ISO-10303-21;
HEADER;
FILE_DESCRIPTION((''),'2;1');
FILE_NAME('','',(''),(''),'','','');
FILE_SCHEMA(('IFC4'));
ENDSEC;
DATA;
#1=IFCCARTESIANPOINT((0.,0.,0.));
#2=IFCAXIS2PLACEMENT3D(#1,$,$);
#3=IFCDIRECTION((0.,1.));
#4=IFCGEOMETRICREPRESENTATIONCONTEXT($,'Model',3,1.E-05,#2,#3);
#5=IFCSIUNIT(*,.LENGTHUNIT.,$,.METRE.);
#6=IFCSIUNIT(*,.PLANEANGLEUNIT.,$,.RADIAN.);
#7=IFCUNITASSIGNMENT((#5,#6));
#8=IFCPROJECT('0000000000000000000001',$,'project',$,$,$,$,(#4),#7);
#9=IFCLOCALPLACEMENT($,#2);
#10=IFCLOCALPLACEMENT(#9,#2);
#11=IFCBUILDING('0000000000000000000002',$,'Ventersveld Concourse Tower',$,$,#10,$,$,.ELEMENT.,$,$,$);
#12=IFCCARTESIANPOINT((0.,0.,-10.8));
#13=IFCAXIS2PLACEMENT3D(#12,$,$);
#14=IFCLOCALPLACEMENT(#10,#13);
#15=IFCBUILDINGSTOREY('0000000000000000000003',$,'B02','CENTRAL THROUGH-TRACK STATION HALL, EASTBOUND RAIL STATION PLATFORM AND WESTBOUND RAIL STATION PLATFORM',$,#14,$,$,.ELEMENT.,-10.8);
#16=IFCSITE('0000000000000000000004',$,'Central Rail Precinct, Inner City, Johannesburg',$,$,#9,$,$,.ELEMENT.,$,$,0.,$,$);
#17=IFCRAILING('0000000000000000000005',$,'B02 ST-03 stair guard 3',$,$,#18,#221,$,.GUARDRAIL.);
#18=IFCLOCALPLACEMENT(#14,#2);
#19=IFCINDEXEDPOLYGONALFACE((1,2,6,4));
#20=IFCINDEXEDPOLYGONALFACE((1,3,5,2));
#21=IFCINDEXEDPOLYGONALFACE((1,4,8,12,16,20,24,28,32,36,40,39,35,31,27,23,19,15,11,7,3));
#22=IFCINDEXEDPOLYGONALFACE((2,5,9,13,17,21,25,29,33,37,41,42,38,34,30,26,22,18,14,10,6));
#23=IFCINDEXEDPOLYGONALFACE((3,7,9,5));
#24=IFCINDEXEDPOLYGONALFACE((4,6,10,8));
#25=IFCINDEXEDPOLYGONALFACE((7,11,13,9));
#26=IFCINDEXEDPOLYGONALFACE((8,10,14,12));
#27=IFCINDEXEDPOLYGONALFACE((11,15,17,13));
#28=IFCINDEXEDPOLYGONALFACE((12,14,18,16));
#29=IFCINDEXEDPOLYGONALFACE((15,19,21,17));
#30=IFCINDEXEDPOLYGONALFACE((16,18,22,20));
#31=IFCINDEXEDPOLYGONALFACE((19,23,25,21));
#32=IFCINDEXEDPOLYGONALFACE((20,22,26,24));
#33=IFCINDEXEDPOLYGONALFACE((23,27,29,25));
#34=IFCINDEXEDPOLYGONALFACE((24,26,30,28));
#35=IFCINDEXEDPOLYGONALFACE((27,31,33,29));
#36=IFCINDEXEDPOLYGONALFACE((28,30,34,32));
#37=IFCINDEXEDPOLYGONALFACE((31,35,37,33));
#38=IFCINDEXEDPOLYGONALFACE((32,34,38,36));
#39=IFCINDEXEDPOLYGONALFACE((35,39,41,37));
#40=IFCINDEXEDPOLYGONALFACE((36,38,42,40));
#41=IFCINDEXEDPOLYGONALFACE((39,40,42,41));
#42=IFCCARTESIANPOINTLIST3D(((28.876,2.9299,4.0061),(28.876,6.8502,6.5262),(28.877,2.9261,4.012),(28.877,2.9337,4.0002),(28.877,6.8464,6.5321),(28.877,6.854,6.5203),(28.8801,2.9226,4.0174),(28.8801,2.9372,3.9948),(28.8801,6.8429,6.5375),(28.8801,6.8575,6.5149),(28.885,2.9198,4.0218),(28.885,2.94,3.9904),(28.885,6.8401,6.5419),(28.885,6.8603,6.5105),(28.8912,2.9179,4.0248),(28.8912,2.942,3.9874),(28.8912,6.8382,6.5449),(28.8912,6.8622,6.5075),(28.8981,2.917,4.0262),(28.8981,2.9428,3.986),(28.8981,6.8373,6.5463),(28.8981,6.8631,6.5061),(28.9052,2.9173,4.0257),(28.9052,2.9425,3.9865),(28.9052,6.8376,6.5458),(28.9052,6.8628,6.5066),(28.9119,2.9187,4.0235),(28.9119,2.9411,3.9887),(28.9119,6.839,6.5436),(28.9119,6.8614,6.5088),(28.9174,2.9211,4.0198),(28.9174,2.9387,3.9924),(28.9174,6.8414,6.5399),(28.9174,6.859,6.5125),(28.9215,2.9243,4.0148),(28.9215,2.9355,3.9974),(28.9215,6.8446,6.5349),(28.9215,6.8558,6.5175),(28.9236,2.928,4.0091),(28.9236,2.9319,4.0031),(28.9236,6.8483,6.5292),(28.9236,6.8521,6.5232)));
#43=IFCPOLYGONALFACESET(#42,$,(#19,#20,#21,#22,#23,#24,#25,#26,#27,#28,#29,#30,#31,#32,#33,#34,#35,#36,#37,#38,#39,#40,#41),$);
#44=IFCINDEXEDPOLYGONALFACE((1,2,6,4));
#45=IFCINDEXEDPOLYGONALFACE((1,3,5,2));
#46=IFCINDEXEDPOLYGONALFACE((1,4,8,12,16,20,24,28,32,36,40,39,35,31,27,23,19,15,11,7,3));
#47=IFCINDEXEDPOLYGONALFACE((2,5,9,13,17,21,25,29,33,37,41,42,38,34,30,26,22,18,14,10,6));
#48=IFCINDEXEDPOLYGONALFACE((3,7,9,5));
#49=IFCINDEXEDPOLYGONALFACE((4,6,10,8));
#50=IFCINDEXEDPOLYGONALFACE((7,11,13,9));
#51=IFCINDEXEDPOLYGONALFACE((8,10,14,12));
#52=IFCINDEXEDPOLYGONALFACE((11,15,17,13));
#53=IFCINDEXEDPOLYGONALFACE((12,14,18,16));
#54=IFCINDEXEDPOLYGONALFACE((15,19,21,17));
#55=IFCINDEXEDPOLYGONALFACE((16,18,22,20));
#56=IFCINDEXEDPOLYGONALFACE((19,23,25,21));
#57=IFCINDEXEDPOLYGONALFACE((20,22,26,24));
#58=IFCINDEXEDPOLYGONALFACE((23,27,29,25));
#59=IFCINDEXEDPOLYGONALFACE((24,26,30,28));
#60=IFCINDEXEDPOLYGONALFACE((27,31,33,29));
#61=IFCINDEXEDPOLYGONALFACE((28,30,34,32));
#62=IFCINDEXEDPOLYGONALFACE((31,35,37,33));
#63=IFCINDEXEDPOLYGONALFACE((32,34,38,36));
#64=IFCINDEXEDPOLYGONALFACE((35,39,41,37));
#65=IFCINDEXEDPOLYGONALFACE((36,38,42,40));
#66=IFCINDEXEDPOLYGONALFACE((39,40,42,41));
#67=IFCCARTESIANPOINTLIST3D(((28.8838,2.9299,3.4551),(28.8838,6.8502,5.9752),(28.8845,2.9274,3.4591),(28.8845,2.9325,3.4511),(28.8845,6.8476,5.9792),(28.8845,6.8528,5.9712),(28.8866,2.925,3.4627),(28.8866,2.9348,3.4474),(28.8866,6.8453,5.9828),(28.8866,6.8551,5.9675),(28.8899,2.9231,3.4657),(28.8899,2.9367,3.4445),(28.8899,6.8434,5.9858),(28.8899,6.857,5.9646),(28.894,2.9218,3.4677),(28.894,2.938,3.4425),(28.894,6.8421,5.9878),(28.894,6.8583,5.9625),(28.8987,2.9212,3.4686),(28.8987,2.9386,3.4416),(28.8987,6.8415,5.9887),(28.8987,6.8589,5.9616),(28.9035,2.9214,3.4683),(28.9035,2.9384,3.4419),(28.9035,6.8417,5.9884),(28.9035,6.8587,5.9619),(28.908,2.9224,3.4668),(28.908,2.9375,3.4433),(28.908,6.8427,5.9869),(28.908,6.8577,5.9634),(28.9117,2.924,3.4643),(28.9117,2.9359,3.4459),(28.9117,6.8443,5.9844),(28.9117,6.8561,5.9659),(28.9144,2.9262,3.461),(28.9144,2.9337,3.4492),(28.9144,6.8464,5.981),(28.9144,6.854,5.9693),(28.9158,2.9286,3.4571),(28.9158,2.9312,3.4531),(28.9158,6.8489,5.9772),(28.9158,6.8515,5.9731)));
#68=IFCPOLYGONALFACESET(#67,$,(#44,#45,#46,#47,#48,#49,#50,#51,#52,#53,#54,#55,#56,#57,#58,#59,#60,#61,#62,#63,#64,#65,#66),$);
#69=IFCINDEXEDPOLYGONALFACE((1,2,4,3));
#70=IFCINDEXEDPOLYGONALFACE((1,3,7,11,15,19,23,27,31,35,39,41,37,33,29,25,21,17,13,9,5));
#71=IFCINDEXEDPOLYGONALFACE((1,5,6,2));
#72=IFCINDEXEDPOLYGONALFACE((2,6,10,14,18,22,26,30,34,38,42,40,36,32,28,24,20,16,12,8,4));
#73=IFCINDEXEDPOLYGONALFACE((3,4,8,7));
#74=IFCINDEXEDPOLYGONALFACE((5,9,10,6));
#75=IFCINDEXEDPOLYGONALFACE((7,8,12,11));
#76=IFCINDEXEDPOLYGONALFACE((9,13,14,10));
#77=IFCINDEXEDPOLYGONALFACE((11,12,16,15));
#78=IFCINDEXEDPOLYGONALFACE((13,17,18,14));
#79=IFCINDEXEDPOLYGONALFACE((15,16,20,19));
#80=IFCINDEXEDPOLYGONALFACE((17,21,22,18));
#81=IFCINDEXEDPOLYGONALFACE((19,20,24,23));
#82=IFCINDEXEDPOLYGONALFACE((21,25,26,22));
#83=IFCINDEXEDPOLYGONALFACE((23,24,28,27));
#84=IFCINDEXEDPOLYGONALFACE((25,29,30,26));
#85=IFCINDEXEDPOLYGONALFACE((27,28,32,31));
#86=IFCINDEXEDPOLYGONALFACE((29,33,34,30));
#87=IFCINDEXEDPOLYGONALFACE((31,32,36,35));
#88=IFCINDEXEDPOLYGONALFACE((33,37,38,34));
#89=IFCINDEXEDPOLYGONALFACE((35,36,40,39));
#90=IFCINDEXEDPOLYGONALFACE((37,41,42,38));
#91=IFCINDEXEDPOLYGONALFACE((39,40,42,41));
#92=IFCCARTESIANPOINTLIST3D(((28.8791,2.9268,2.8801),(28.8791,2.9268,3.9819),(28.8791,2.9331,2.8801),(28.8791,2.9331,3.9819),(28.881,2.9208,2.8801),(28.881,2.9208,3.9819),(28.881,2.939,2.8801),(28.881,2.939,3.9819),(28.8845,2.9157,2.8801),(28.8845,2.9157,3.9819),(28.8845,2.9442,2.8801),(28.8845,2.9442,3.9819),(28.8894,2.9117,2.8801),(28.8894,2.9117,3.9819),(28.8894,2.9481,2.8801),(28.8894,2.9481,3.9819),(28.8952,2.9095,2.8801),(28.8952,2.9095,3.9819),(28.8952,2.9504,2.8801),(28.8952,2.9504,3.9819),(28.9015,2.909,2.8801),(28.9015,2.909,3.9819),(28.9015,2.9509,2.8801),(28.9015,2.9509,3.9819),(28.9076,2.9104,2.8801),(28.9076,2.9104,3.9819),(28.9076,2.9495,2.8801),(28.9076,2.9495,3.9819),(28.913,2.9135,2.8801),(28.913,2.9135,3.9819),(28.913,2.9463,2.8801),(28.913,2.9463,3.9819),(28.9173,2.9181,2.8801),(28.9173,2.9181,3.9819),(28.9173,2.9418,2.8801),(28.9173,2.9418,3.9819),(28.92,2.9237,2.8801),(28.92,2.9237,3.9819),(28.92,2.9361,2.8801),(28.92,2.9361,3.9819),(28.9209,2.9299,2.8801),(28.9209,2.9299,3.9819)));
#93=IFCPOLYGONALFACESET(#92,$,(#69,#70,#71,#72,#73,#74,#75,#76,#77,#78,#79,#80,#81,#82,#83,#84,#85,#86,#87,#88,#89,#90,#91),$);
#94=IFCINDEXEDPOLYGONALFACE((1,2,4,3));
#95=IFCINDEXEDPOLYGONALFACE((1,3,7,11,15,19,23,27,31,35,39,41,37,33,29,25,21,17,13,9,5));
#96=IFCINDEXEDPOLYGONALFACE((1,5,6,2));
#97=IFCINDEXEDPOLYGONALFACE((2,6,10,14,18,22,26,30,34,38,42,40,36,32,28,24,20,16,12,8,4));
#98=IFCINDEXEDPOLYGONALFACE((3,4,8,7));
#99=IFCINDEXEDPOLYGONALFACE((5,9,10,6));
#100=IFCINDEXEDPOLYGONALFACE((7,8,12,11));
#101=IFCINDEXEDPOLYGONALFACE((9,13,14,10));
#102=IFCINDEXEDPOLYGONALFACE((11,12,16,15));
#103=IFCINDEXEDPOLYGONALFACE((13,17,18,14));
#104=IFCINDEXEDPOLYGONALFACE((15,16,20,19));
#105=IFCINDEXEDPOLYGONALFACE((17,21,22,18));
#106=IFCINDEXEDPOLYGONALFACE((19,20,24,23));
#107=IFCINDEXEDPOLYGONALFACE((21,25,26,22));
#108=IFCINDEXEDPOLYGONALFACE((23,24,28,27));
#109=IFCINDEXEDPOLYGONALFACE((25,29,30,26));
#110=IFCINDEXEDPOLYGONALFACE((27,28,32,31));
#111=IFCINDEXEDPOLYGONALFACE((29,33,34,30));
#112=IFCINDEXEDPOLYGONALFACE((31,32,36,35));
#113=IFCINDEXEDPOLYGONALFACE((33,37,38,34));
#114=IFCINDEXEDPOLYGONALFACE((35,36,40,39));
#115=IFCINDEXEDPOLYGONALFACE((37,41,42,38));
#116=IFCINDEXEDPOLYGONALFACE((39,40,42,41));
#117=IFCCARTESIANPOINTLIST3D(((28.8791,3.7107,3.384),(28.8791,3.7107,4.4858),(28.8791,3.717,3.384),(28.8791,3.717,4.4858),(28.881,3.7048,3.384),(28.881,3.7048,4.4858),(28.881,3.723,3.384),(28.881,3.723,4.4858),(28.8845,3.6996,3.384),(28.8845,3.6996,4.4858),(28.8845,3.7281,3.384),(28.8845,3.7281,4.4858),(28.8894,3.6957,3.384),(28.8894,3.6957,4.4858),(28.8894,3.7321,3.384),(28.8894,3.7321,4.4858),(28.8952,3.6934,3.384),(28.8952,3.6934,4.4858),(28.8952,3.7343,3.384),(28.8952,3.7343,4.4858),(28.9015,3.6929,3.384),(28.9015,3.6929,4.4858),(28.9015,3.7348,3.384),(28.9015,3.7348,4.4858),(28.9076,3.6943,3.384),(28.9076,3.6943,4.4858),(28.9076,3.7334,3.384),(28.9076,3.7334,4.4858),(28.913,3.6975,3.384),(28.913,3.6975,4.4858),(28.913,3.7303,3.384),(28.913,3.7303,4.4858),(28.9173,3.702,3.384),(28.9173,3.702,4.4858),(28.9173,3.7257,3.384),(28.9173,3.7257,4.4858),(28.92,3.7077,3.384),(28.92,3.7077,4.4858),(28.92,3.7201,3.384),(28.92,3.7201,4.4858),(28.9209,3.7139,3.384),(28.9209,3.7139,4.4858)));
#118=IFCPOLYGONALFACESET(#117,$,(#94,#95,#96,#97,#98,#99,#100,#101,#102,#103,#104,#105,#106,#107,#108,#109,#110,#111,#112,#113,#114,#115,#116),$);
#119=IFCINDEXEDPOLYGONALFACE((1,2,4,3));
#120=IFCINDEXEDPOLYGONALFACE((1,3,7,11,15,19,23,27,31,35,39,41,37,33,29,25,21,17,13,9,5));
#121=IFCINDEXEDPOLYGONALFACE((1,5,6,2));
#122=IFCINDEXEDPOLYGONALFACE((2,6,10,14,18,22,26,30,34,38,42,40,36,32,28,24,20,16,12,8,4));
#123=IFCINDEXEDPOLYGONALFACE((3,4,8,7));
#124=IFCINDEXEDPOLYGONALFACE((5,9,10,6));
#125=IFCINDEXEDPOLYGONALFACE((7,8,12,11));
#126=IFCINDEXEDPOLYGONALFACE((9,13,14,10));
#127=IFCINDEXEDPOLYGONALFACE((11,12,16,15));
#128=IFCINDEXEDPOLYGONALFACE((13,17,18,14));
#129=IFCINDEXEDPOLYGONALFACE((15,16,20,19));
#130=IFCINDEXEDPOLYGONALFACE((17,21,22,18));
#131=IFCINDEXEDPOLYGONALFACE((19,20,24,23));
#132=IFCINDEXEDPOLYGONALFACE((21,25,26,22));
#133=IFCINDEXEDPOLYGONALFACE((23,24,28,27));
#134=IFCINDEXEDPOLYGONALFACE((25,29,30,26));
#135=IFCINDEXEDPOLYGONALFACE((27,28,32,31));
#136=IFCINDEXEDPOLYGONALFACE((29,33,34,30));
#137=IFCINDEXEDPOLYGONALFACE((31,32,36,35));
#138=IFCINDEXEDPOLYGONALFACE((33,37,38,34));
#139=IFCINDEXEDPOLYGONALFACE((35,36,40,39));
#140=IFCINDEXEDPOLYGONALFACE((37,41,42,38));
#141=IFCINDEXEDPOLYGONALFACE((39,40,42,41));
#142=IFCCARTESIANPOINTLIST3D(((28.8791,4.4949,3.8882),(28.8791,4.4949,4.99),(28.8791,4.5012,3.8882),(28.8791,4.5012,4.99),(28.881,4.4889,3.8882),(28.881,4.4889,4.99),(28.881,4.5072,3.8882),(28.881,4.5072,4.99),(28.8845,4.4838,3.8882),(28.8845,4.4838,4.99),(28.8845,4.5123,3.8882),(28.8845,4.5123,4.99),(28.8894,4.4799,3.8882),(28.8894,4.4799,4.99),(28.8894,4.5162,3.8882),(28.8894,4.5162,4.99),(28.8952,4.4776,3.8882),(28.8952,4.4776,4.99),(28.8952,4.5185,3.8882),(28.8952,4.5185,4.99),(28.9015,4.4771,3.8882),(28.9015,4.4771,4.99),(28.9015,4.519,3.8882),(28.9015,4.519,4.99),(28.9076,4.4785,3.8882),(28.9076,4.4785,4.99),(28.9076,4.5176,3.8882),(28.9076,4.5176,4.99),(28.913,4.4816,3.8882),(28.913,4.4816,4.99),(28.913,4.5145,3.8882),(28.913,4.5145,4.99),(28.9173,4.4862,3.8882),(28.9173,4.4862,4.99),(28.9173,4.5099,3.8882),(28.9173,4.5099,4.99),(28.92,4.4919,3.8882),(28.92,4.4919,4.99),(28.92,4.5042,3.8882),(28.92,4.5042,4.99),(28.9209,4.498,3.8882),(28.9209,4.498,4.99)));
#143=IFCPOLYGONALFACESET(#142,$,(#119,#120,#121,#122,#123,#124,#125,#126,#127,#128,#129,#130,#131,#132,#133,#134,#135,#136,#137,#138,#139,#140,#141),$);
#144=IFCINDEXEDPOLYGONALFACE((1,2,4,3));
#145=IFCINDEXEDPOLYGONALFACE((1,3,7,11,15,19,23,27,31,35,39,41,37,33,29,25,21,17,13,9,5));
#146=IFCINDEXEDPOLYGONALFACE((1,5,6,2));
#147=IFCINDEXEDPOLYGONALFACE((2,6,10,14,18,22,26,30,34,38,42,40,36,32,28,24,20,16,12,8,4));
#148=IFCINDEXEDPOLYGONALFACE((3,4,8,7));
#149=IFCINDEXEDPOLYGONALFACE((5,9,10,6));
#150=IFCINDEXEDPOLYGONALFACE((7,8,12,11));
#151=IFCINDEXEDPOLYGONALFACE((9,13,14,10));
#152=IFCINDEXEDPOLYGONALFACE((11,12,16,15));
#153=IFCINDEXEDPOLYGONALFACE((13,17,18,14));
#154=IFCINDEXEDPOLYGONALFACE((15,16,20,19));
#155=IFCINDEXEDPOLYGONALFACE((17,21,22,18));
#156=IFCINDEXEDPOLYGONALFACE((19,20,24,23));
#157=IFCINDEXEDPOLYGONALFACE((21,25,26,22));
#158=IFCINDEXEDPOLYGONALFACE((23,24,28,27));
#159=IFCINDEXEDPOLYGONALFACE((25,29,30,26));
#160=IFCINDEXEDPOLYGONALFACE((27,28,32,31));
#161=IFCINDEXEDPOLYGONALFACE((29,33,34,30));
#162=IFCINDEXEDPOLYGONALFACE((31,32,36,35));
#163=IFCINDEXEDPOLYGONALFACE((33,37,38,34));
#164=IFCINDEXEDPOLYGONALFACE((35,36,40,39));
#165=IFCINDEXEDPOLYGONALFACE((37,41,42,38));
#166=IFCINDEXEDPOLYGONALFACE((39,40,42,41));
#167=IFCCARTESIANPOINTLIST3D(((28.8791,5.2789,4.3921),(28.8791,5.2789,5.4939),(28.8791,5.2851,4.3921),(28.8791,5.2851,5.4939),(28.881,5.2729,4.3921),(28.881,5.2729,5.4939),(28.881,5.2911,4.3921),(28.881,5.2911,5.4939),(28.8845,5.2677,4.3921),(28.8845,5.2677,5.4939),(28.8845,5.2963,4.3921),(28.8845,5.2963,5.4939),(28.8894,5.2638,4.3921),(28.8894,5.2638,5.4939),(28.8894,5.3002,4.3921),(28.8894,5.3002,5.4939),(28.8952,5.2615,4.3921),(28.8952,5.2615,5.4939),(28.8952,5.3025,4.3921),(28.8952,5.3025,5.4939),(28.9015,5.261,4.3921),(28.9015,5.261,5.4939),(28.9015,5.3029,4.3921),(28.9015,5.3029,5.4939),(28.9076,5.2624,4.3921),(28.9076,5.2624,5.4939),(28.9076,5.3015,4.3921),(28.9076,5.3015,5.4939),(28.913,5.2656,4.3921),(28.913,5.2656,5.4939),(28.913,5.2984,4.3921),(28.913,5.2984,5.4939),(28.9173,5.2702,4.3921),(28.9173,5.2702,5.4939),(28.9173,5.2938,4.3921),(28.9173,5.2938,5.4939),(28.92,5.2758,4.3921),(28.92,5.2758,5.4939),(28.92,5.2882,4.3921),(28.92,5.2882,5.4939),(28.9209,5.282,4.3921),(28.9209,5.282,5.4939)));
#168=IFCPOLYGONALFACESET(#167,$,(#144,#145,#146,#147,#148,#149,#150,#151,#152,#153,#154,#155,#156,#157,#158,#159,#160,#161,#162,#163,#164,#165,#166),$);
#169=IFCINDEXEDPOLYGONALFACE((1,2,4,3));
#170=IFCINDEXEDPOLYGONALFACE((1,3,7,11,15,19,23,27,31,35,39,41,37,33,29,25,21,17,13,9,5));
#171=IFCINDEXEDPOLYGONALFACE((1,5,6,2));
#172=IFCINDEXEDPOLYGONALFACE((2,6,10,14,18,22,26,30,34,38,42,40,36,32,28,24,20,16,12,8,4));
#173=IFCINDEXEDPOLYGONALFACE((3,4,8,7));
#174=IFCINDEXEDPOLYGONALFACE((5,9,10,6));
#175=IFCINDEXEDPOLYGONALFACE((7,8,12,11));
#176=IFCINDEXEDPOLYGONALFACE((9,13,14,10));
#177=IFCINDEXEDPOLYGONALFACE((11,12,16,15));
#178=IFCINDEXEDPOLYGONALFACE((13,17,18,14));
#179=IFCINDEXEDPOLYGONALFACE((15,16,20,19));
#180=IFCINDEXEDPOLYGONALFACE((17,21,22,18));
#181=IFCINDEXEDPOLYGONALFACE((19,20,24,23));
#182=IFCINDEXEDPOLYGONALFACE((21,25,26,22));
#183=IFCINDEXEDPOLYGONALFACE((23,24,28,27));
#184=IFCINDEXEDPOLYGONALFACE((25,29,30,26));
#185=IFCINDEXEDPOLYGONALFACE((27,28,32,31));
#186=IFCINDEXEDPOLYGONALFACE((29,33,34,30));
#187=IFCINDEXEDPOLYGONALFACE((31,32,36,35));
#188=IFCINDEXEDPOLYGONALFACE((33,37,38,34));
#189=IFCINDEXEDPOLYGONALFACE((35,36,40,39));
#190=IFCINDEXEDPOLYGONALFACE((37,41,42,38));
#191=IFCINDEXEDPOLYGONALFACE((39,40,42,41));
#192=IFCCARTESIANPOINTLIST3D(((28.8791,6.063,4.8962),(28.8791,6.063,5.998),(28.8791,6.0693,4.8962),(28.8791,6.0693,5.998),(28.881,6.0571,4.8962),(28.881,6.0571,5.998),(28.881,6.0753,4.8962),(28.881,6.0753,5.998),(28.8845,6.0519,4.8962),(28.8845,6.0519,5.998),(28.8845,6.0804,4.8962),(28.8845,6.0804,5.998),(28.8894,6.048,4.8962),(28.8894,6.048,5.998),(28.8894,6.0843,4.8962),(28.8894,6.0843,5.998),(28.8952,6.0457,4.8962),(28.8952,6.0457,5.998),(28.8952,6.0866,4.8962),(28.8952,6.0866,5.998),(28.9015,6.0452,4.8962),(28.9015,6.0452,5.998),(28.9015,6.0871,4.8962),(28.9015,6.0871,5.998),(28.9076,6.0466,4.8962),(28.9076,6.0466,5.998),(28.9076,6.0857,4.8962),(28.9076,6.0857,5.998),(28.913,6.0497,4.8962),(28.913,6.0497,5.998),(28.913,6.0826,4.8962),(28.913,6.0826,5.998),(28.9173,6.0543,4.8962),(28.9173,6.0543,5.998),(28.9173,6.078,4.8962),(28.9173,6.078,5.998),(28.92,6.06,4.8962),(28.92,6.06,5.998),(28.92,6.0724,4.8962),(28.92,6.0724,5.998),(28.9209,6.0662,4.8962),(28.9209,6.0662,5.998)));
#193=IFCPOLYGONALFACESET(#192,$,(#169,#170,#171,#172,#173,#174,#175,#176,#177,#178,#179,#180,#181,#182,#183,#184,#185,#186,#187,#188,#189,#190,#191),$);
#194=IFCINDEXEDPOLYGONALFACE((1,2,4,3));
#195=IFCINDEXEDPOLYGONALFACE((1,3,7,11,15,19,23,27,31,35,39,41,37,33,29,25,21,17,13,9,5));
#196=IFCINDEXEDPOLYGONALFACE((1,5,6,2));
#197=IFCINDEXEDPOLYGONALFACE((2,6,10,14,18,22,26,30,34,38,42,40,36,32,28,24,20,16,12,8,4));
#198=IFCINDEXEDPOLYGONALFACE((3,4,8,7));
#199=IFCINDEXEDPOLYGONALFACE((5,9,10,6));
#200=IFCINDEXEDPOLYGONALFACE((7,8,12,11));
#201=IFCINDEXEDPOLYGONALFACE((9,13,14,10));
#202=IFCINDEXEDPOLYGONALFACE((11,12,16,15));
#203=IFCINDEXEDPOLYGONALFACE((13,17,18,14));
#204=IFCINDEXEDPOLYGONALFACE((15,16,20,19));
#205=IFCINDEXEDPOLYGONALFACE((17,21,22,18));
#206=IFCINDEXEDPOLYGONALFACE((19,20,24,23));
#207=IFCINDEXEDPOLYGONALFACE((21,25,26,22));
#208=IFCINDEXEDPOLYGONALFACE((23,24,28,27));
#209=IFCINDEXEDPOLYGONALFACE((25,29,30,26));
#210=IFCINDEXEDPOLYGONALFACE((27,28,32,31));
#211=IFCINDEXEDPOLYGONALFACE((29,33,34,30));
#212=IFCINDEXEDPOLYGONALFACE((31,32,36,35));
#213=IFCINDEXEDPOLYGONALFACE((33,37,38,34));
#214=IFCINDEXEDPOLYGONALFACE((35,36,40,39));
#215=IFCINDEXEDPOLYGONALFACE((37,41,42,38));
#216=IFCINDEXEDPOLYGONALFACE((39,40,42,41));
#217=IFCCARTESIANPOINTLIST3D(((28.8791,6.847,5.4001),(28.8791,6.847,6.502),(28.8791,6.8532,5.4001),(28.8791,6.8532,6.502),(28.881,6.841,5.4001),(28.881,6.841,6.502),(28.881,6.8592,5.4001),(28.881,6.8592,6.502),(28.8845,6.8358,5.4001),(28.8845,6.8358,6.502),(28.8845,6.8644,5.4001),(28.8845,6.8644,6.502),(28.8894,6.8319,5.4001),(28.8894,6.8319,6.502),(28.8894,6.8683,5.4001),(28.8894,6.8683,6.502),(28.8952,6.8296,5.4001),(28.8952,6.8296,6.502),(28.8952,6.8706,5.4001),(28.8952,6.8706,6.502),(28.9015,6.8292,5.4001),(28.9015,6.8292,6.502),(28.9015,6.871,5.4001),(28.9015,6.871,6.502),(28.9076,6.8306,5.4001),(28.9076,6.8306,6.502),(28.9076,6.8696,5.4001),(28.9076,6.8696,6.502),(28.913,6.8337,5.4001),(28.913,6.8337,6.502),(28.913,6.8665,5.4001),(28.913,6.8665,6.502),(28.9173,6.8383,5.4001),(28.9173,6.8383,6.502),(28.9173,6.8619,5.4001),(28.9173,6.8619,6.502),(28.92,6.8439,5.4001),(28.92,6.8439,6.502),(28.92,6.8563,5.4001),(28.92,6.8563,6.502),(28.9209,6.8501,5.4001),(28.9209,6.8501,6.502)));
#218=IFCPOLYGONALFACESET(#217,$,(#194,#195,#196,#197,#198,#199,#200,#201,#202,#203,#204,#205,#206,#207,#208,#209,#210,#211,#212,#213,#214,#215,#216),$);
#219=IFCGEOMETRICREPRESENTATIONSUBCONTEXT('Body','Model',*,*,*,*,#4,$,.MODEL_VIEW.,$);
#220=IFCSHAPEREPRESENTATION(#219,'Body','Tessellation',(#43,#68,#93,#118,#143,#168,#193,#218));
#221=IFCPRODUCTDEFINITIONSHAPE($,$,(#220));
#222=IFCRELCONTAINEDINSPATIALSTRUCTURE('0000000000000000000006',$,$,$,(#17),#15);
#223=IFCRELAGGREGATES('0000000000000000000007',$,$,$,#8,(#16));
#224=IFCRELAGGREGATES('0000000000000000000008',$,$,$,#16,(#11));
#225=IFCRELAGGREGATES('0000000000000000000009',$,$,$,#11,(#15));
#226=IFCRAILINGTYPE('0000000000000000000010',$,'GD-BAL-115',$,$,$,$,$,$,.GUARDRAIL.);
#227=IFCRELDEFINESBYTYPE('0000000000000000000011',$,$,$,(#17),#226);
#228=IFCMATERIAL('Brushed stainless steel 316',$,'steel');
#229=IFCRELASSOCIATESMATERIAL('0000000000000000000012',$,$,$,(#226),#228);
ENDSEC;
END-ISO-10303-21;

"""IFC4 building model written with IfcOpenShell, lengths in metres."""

from ifc_helpers import new_model, si_unit, direction, frame, origin, origin_2d, place, context, subcontext, project, spatial, circle, extrude, material, type_object, element, save


model = new_model("IFC4")

# Units and contexts
model_context = context("Model", 3, precision=1e-05, world=origin(), true_north=direction((0.0, 1.0)))
body_context = subcontext(model_context, "Body", "Model", "MODEL_VIEW")
ifc_project = project(units=[si_unit("LENGTHUNIT", "METRE"), si_unit("PLANEANGLEUNIT", "RADIAN")], contexts=[model_context])

# Site, building, storey
site_placement = place(None, origin())
site = spatial("IfcSite", under=ifc_project, at=site_placement, Name="Central Rail Precinct, Inner City, Johannesburg", CompositionType="ELEMENT", RefElevation=0.0)
building_placement = place(site_placement, origin())
building = spatial("IfcBuilding", under=site, at=building_placement, Name="Ventersveld Concourse Tower", CompositionType="ELEMENT")
storey_placement = place(building_placement, frame((0.0, 0.0, -10.8)))
storey = spatial("IfcBuildingStorey", under=building, at=storey_placement, Name="B02", Description="CENTRAL THROUGH-TRACK STATION HALL, EASTBOUND RAIL STATION PLATFORM AND WESTBOUND RAIL STATION PLATFORM", CompositionType="ELEMENT", Elevation=-10.8)

# Railing
ifc_material_1 = material(Name="Brushed stainless steel 316", Category="steel")
railing_type_1 = type_object("IfcRailingType", Name="GD-BAL-115", PredefinedType="GUARDRAIL", material=ifc_material_1)
railing_1_placement = place(storey_placement, frame((28.8999, 2.9299, 2.8801)))
element("IfcRailing", 1, at=railing_1_placement, inside=storey, type_object=railing_type_1, Name="B02 ST-03 stair guard 3", PredefinedType="GUARDRAIL", context=body_context, shape_type="SweptSolid", body=[
    extrude(circle(Radius=0.0239, at=origin_2d()), frame((0.0, 0.0, 1.126), z_axis=(0.0, 0.841187, 0.540744), x_axis=(-1.0, 0.0, 0.0)), (0.0, 0.0, 1.0), 4.6604),
    extrude(circle(Radius=0.0161, at=origin_2d()), frame((0.0, 0.0, 0.575), z_axis=(0.0, 0.841187, 0.540744), x_axis=(-1.0, 0.0, 0.0)), (0.0, 0.0, 1.0), 4.6604),
    extrude(circle(Radius=0.021, at=origin_2d()), origin(), (0.0, 0.0, 1.0), 1.1018),
    extrude(circle(Radius=0.021, at=origin_2d()), frame((0.0, 0.7839, 0.5039)), (0.0, 0.0, 1.0), 1.1018),
    extrude(circle(Radius=0.021, at=origin_2d()), frame((0.0, 1.5681, 1.0081)), (0.0, 0.0, 1.0), 1.1018),
    extrude(circle(Radius=0.021, at=origin_2d()), frame((0.0, 2.3521, 1.512)), (0.0, 0.0, 1.0), 1.1018),
    extrude(circle(Radius=0.021, at=origin_2d()), frame((0.0, 3.1362, 2.0161)), (0.0, 0.0, 1.0), 1.1018),
    extrude(circle(Radius=0.021, at=origin_2d()), frame((0.0, 3.9202, 2.52)), (0.0, 0.0, 1.0), 1.1018),
])

save(model, "model.ifc")
